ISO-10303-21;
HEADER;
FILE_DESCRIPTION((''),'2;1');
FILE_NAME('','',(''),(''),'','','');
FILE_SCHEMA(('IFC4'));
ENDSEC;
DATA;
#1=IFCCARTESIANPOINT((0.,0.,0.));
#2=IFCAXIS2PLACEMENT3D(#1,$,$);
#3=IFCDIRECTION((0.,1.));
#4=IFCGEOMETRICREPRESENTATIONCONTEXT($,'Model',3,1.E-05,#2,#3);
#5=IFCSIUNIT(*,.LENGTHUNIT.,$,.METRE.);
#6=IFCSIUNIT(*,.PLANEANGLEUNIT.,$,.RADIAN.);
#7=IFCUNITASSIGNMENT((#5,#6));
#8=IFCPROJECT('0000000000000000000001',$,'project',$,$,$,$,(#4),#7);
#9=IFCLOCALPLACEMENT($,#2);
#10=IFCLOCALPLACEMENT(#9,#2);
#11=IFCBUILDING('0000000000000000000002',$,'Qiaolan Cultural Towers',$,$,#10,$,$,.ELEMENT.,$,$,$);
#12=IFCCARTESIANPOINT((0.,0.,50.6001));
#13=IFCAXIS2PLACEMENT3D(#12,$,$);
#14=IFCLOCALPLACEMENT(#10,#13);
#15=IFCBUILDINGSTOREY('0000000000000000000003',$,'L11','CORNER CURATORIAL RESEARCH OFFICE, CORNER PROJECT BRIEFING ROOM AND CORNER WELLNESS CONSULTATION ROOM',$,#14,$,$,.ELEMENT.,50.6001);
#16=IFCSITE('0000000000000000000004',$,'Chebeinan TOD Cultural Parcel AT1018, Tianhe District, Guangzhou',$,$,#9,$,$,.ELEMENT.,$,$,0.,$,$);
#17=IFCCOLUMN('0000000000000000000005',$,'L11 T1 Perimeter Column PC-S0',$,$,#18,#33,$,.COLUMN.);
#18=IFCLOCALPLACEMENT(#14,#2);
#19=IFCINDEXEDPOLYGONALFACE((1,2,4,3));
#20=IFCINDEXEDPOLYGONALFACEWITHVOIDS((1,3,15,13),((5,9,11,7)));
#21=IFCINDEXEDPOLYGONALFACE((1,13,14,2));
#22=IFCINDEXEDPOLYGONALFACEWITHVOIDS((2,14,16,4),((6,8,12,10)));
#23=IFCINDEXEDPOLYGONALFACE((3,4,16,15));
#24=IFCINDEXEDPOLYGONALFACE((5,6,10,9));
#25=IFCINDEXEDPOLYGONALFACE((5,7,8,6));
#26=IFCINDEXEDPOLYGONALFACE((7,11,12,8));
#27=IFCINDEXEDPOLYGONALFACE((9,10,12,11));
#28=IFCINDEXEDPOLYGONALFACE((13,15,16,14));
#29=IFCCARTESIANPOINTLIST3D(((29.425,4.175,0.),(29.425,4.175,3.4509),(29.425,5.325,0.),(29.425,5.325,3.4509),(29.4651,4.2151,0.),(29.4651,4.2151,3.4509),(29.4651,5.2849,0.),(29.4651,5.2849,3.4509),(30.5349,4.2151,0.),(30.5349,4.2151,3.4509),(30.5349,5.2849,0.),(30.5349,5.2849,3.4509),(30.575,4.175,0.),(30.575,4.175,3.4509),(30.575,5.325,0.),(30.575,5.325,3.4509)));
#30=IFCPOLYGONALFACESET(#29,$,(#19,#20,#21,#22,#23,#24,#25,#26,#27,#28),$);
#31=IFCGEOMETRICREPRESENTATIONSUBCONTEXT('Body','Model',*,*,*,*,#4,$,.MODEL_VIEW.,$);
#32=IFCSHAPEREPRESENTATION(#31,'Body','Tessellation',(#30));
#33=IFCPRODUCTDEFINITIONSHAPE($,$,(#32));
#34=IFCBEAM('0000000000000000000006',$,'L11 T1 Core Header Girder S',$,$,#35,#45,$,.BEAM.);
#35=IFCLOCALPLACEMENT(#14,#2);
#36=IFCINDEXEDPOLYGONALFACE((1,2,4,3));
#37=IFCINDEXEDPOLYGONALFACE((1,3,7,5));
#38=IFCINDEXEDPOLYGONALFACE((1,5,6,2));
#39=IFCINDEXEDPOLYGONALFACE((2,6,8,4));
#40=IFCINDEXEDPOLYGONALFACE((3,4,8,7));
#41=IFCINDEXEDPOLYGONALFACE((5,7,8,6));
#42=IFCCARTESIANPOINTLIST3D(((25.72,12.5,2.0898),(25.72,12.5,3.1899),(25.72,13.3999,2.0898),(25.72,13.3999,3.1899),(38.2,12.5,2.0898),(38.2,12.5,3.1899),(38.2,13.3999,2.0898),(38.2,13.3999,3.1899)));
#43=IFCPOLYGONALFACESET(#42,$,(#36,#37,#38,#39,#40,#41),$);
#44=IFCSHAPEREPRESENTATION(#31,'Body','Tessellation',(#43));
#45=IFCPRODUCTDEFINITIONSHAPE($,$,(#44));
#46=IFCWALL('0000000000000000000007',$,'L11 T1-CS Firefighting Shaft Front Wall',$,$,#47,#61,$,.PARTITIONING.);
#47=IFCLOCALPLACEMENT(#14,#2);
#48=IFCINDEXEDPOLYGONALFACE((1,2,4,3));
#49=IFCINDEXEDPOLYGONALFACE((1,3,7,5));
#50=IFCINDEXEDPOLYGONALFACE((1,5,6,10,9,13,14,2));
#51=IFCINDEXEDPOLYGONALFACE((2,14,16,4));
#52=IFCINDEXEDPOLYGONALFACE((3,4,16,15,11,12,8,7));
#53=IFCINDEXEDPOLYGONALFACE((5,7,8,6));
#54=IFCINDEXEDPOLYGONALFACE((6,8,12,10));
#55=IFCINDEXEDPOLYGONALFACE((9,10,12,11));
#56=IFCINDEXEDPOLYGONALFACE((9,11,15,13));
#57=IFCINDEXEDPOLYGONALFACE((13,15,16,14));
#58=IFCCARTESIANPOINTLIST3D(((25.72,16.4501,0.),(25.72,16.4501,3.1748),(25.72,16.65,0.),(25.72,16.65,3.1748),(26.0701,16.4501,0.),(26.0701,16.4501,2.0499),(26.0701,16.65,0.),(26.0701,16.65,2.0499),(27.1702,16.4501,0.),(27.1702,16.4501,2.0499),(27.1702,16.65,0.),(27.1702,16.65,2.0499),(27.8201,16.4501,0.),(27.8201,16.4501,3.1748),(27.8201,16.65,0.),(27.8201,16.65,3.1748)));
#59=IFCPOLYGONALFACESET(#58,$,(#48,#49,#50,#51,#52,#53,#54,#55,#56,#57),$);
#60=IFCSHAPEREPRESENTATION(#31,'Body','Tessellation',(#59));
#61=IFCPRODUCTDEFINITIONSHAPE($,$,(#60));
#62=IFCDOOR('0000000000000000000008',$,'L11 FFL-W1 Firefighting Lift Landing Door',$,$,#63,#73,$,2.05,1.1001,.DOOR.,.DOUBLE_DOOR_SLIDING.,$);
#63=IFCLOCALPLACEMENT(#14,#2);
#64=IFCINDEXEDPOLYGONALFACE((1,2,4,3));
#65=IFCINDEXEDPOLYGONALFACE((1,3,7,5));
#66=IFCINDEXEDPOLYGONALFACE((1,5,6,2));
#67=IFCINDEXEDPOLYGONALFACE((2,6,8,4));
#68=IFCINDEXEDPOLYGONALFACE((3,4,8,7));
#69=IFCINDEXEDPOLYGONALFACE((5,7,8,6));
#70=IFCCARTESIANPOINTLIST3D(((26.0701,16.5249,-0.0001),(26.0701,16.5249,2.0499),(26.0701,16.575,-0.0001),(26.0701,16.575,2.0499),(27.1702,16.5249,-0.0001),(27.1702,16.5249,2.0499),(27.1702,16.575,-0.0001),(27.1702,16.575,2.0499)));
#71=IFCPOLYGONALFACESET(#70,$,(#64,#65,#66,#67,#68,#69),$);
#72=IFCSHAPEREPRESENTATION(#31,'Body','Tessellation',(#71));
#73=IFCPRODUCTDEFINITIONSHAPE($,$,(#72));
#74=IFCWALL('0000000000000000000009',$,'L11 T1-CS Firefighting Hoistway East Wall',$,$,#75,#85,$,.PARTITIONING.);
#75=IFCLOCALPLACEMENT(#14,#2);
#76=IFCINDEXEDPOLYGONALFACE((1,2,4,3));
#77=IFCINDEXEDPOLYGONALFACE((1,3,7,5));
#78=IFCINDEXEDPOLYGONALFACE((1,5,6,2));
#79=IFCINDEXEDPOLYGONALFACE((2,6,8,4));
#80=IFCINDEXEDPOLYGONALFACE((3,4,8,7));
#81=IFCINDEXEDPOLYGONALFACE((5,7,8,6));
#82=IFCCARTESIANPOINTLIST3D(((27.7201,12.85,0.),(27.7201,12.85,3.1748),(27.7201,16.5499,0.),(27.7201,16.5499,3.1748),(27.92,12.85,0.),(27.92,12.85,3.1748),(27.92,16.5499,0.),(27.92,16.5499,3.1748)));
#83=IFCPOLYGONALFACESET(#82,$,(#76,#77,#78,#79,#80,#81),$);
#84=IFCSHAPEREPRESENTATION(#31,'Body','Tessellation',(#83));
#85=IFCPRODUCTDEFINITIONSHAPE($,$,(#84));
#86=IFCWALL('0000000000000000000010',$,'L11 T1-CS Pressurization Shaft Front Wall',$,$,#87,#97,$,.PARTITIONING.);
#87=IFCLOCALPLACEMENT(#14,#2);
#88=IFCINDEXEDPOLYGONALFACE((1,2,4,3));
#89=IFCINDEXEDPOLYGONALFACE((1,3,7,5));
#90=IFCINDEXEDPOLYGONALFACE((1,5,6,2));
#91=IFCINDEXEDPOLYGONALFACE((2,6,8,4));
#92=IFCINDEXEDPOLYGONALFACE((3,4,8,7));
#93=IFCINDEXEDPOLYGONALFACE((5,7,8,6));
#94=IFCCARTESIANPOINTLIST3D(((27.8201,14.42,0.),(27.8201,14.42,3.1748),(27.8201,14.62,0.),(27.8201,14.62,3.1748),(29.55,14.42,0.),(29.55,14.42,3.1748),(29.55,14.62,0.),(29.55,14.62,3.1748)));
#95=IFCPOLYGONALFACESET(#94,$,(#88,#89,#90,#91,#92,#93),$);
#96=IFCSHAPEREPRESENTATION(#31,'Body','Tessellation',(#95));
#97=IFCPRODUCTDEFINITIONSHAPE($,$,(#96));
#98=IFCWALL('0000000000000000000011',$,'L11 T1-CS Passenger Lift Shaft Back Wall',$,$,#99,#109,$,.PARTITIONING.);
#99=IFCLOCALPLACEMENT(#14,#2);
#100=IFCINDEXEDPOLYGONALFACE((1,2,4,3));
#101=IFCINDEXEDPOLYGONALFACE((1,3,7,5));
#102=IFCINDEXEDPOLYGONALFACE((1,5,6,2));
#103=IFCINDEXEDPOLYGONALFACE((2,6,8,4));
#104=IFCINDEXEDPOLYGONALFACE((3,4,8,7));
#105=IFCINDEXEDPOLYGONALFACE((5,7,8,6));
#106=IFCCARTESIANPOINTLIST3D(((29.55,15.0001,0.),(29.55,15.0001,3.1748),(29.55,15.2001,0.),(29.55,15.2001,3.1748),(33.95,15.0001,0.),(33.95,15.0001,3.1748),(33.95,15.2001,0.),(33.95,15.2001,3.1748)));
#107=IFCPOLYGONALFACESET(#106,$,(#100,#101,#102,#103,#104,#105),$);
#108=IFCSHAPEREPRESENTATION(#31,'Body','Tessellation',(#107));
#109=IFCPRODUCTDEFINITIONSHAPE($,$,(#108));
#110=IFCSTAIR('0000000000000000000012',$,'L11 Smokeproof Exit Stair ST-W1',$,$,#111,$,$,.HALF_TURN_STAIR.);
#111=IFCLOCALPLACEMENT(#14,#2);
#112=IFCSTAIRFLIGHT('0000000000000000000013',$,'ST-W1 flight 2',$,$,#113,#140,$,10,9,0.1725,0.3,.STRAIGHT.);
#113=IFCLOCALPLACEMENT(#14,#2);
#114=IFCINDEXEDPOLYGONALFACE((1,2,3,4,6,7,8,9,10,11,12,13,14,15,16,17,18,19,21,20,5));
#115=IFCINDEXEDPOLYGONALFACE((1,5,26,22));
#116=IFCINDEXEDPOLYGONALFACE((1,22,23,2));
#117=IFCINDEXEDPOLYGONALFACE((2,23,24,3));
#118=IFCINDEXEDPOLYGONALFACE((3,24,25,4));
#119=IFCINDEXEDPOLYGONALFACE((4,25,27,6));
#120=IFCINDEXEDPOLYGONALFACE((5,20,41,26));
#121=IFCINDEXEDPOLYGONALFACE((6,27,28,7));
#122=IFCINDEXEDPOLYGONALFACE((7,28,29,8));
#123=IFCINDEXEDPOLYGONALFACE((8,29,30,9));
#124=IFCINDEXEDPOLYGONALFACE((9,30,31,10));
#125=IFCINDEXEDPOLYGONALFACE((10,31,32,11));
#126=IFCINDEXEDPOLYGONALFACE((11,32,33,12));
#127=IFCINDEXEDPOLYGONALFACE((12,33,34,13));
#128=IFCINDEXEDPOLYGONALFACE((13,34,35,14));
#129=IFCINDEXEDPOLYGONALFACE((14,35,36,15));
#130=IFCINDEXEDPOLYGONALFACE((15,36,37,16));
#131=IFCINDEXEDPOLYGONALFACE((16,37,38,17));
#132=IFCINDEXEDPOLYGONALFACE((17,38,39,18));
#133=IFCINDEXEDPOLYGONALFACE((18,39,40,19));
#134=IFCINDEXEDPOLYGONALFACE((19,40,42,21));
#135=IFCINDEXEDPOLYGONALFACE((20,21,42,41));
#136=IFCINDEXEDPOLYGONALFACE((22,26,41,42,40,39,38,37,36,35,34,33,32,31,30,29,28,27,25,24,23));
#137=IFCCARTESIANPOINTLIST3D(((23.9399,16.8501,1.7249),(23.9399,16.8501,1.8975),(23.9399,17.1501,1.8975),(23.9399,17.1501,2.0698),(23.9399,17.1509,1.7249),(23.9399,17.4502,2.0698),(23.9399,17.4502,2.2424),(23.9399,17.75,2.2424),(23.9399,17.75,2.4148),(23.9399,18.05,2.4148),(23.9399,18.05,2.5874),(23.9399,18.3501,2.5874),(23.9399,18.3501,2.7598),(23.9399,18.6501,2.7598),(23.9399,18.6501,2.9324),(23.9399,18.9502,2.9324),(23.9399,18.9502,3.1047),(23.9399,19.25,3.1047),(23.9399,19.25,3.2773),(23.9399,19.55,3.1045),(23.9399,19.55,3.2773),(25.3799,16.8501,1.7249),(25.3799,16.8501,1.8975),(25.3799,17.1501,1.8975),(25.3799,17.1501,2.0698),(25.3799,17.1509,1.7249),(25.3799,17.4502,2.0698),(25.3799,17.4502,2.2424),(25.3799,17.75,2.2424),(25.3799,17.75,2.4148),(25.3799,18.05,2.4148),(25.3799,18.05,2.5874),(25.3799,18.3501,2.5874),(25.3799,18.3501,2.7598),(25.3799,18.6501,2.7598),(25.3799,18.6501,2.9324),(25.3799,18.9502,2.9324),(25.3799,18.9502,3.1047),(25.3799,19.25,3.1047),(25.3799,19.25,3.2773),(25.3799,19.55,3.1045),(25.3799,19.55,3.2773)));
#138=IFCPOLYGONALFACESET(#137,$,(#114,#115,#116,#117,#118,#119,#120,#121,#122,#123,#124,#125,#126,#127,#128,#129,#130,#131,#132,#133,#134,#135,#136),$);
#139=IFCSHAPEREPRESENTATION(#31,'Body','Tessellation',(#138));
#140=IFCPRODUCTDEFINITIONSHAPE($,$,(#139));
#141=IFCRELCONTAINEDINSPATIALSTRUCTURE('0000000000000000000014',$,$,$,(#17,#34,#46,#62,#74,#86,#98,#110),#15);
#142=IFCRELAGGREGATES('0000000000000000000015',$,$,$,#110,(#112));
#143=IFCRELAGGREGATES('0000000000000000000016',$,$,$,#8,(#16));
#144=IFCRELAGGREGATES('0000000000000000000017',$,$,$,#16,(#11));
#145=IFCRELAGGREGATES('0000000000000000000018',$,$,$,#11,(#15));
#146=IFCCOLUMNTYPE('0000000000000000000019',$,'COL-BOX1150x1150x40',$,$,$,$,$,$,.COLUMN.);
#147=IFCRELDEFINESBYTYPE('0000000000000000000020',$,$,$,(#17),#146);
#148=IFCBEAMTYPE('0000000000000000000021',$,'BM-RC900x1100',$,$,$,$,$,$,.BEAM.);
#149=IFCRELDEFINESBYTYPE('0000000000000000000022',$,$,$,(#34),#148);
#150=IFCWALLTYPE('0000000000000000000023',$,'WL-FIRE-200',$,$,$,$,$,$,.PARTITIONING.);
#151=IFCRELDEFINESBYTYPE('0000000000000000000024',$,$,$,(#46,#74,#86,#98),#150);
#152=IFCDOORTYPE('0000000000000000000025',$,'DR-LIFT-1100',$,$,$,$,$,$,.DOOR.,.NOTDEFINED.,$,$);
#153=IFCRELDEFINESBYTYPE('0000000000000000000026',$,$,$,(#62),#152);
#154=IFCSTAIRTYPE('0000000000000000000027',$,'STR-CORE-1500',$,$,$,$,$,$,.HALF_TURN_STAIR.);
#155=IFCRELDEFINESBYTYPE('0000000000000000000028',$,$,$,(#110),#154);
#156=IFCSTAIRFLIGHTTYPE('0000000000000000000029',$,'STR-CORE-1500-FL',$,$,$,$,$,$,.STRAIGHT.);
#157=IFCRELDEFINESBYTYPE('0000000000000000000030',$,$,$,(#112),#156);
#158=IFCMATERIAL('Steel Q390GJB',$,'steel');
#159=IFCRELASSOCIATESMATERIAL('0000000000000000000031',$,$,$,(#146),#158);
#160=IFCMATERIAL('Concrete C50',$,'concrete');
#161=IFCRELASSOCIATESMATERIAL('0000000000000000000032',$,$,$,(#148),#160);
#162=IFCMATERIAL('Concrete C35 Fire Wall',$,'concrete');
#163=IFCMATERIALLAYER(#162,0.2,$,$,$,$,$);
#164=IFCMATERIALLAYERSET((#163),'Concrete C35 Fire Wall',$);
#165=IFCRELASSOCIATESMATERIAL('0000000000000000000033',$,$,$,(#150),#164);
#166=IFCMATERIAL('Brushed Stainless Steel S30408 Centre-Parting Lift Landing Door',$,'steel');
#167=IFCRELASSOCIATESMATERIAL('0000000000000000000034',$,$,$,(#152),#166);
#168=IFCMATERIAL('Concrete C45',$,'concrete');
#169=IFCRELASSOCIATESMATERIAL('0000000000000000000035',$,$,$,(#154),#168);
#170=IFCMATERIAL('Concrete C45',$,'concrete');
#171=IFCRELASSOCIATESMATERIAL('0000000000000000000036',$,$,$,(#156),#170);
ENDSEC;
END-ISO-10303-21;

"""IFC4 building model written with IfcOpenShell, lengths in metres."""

from ifc_helpers import new_model, si_unit, direction, frame, frame_2d, origin, origin_2d, place, context, subcontext, project, spatial, polyline, rectangle, hollow_rectangle, outline, extrude, material, layer, layer_set, material_profile, profile_set, type_object, element, fill, aggregate, save


model = new_model("IFC4")

# Units and contexts
model_context = context("Model", 3, precision=1e-05, world=origin(), true_north=direction((0.0, 1.0)))
body_context = subcontext(model_context, "Body", "Model", "MODEL_VIEW")
ifc_project = project(units=[si_unit("LENGTHUNIT", "METRE"), si_unit("PLANEANGLEUNIT", "RADIAN")], contexts=[model_context])

# Site, building, storey
site_placement = place(None, origin())
site = spatial("IfcSite", under=ifc_project, at=site_placement, Name="Chebeinan TOD Cultural Parcel AT1018, Tianhe District, Guangzhou", CompositionType="ELEMENT", RefElevation=0.0)
building_placement = place(site_placement, origin())
building = spatial("IfcBuilding", under=site, at=building_placement, Name="Qiaolan Cultural Towers", CompositionType="ELEMENT")
storey_placement = place(building_placement, frame((0.0, 0.0, 50.6001)))
storey = spatial("IfcBuildingStorey", under=building, at=storey_placement, Name="L11", Description="CORNER CURATORIAL RESEARCH OFFICE, CORNER PROJECT BRIEFING ROOM AND CORNER WELLNESS CONSULTATION ROOM", CompositionType="ELEMENT", Elevation=50.6001)

# Column
ifc_material_1 = material(Name="Steel Q390GJB", Category="steel")
ifc_material_profile_1 = material_profile(ifc_material_1, hollow_rectangle(XDim=1.1499, YDim=1.1499, WallThickness=0.04, at=origin_2d()), Name="BOX1150x1150x40")
ifc_profile_set_1 = profile_set([ifc_material_profile_1], Name="Steel Q390GJB")
column_type = type_object("IfcColumnType", Name="COL-BOX1150x1150x40", PredefinedType="COLUMN", material=ifc_profile_set_1)
column_placement = place(storey_placement, frame((30.0, 4.75, 0.0), z_axis=(0.0, 0.0, 1.0), x_axis=(1.0, 0.0, 0.0)))
element("IfcColumn", 1, at=column_placement, inside=storey, type_object=column_type, Name="L11 T1 Perimeter Column PC-S0", PredefinedType="COLUMN", context=body_context, shape_type="SweptSolid", body=[
    extrude(hollow_rectangle(XDim=1.1499, YDim=1.1499, WallThickness=0.04, at=origin_2d()), origin(), (0.0, 0.0, 1.0), 3.4509),
])

# Beam
ifc_material_2 = material(Name="Concrete C50", Category="concrete")
ifc_material_profile_2 = material_profile(ifc_material_2, rectangle(XDim=0.8999, YDim=1.1001, at=origin_2d()), Name="RC900x1100")
ifc_profile_set_2 = profile_set([ifc_material_profile_2], Name="Concrete C50")
beam_type = type_object("IfcBeamType", Name="BM-RC900x1100", PredefinedType="BEAM", material=ifc_profile_set_2)
beam_placement = place(storey_placement, frame((25.72, 12.95, 2.6399), z_axis=(1.0, 0.0, 0.0), x_axis=(0.0, 1.0, 0.0)))
element("IfcBeam", 2, at=beam_placement, inside=storey, type_object=beam_type, Name="L11 T1 Core Header Girder S", PredefinedType="BEAM", context=body_context, shape_type="SweptSolid", body=[
    extrude(rectangle(XDim=0.8999, YDim=1.1001, at=origin_2d()), origin(), (0.0, 0.0, 1.0), 12.48),
])

# Wall, opening, door
ifc_material_3 = material(Name="Concrete C35 Fire Wall", Category="concrete")
ifc_layer = layer(ifc_material_3, 0.2)
ifc_layer_set = layer_set([ifc_layer], Name="Concrete C35 Fire Wall")
wall_type = type_object("IfcWallType", Name="WL-FIRE-200", PredefinedType="PARTITIONING", material=ifc_layer_set)
wall_1_placement = place(storey_placement, frame((25.72, 16.55, 0.0), z_axis=(0.0, 0.0, 1.0), x_axis=(1.0, 0.0, 0.0)))
wall_1 = element("IfcWall", 3, at=wall_1_placement, inside=storey, type_object=wall_type, Name="L11 T1-CS Firefighting Shaft Front Wall", PredefinedType="PARTITIONING", context=body_context, shape_type="SweptSolid", body=[
    extrude(rectangle(XDim=2.1001, YDim=0.2, at=frame_2d((1.05, 0.0))), origin(), (0.0, 0.0, 1.0), 3.1748),
])
opening_placement = place(wall_1_placement, frame((0.3501, 0.0, 0.0)))
opening = element("IfcOpeningElement", 4, at=opening_placement, cuts=wall_1, PredefinedType="OPENING", context=body_context, shape_type="SweptSolid", body=[
    extrude(rectangle(XDim=1.1001, YDim=2.05, at=frame_2d((0.55, 1.0249))), frame((0.0, 0.1099, 0.0), z_axis=(0.0, -1.0, 0.0), x_axis=(1.0, 0.0, 0.0)), (0.0, 0.0, 1.0), 0.22),
])
ifc_material_4 = material(Name="Brushed Stainless Steel S30408 Centre-Parting Lift Landing Door", Category="steel")
door_type = type_object("IfcDoorType", Name="DR-LIFT-1100", OperationType="NOTDEFINED", PredefinedType="DOOR", material=ifc_material_4)
door_placement = place(opening_placement, origin())
door = element("IfcDoor", 5, at=door_placement, inside=storey, type_object=door_type, Name="L11 FFL-W1 Firefighting Lift Landing Door", OperationType="DOUBLE_DOOR_SLIDING", OverallHeight=2.05, OverallWidth=1.1001, PredefinedType="DOOR", context=body_context, shape_type="SweptSolid", body=[
    extrude(rectangle(XDim=1.1001, YDim=2.05, at=frame_2d((0.55, 1.0249))), frame((0.0, 0.0249, 0.0), z_axis=(0.0, -1.0, 0.0), x_axis=(1.0, 0.0, 0.0)), (0.0, 0.0, 1.0), 0.05),
])
fill(opening, door)

# Walls
wall_2_placement = place(storey_placement, frame((27.8201, 16.55, 0.0), z_axis=(0.0, 0.0, 1.0), x_axis=(0.0, -1.0, 0.0)))
element("IfcWall", 6, at=wall_2_placement, inside=storey, type_object=wall_type, Name="L11 T1-CS Firefighting Hoistway East Wall", PredefinedType="PARTITIONING", context=body_context, shape_type="SweptSolid", body=[
    extrude(rectangle(XDim=3.7, YDim=0.2, at=frame_2d((1.8501, 0.0))), origin(), (0.0, 0.0, 1.0), 3.1748),
])
wall_3_placement = place(storey_placement, frame((27.8201, 14.52, 0.0), z_axis=(0.0, 0.0, 1.0), x_axis=(1.0, 0.0, 0.0)))
element("IfcWall", 7, at=wall_3_placement, inside=storey, type_object=wall_type, Name="L11 T1-CS Pressurization Shaft Front Wall", PredefinedType="PARTITIONING", context=body_context, shape_type="SweptSolid", body=[
    extrude(rectangle(XDim=1.73, YDim=0.2, at=frame_2d((0.865, 0.0))), origin(), (0.0, 0.0, 1.0), 3.1748),
])
wall_4_placement = place(storey_placement, frame((29.55, 15.1001, 0.0), z_axis=(0.0, 0.0, 1.0), x_axis=(1.0, 0.0, 0.0)))
element("IfcWall", 8, at=wall_4_placement, inside=storey, type_object=wall_type, Name="L11 T1-CS Passenger Lift Shaft Back Wall", PredefinedType="PARTITIONING", context=body_context, shape_type="SweptSolid", body=[
    extrude(rectangle(XDim=4.3999, YDim=0.2, at=frame_2d((2.2, 0.0))), origin(), (0.0, 0.0, 1.0), 3.1748),
])

# Stair, stair flight
ifc_material_5 = material(Name="Concrete C45", Category="concrete")
stair_type = type_object("IfcStairType", Name="STR-CORE-1500", PredefinedType="HALF_TURN_STAIR", material=ifc_material_5)
stair_placement = place(storey_placement, origin())
stair = element("IfcStair", 9, at=stair_placement, inside=storey, type_object=stair_type, Name="L11 Smokeproof Exit Stair ST-W1", PredefinedType="HALF_TURN_STAIR")
ifc_material_6 = material(Name="Concrete C45", Category="concrete")
stair_flight_type = type_object("IfcStairFlightType", Name="STR-CORE-1500-FL", PredefinedType="STRAIGHT", material=ifc_material_6)
stair_flight_placement = place(storey_placement, frame((24.6599, 16.8501, 1.7249), z_axis=(0.0, 0.0, 1.0), x_axis=(0.0, 1.0, 0.0)))
stair_flight = element("IfcStairFlight", 10, at=stair_flight_placement, type_object=stair_flight_type, Name="ST-W1 flight 2", NumberOfRisers=10, NumberOfTreads=9, PredefinedType="STRAIGHT", RiserHeight=0.1725, TreadLength=0.3, context=body_context, shape_type="SweptSolid", body=[
    extrude(outline(polyline([(0.0, 0.0), (0.0, 0.1726), (0.3, 0.1726), (0.3, 0.345), (0.6001, 0.345), (0.6001, 0.5176), (0.8999, 0.5176), (0.8999, 0.6899), (1.2, 0.6899), (1.2, 0.8625), (1.5, 0.8625), (1.5, 1.0349), (1.8, 1.0349), (1.8, 1.2075), (2.1001, 1.2075), (2.1001, 1.3799), (2.3999, 1.3799), (2.3999, 1.5525), (2.7, 1.5525), (2.7, 1.7251), (2.7, 1.3796), (0.3008, 0.0), (0.0, 0.0)])), frame((0.0, 0.72, 0.0), z_axis=(0.0, -1.0, 0.0), x_axis=(1.0, 0.0, 0.0)), (0.0, 0.0, 1.0), 1.4399),
])
aggregate(stair, [stair_flight])

save(model, "model.ifc")
